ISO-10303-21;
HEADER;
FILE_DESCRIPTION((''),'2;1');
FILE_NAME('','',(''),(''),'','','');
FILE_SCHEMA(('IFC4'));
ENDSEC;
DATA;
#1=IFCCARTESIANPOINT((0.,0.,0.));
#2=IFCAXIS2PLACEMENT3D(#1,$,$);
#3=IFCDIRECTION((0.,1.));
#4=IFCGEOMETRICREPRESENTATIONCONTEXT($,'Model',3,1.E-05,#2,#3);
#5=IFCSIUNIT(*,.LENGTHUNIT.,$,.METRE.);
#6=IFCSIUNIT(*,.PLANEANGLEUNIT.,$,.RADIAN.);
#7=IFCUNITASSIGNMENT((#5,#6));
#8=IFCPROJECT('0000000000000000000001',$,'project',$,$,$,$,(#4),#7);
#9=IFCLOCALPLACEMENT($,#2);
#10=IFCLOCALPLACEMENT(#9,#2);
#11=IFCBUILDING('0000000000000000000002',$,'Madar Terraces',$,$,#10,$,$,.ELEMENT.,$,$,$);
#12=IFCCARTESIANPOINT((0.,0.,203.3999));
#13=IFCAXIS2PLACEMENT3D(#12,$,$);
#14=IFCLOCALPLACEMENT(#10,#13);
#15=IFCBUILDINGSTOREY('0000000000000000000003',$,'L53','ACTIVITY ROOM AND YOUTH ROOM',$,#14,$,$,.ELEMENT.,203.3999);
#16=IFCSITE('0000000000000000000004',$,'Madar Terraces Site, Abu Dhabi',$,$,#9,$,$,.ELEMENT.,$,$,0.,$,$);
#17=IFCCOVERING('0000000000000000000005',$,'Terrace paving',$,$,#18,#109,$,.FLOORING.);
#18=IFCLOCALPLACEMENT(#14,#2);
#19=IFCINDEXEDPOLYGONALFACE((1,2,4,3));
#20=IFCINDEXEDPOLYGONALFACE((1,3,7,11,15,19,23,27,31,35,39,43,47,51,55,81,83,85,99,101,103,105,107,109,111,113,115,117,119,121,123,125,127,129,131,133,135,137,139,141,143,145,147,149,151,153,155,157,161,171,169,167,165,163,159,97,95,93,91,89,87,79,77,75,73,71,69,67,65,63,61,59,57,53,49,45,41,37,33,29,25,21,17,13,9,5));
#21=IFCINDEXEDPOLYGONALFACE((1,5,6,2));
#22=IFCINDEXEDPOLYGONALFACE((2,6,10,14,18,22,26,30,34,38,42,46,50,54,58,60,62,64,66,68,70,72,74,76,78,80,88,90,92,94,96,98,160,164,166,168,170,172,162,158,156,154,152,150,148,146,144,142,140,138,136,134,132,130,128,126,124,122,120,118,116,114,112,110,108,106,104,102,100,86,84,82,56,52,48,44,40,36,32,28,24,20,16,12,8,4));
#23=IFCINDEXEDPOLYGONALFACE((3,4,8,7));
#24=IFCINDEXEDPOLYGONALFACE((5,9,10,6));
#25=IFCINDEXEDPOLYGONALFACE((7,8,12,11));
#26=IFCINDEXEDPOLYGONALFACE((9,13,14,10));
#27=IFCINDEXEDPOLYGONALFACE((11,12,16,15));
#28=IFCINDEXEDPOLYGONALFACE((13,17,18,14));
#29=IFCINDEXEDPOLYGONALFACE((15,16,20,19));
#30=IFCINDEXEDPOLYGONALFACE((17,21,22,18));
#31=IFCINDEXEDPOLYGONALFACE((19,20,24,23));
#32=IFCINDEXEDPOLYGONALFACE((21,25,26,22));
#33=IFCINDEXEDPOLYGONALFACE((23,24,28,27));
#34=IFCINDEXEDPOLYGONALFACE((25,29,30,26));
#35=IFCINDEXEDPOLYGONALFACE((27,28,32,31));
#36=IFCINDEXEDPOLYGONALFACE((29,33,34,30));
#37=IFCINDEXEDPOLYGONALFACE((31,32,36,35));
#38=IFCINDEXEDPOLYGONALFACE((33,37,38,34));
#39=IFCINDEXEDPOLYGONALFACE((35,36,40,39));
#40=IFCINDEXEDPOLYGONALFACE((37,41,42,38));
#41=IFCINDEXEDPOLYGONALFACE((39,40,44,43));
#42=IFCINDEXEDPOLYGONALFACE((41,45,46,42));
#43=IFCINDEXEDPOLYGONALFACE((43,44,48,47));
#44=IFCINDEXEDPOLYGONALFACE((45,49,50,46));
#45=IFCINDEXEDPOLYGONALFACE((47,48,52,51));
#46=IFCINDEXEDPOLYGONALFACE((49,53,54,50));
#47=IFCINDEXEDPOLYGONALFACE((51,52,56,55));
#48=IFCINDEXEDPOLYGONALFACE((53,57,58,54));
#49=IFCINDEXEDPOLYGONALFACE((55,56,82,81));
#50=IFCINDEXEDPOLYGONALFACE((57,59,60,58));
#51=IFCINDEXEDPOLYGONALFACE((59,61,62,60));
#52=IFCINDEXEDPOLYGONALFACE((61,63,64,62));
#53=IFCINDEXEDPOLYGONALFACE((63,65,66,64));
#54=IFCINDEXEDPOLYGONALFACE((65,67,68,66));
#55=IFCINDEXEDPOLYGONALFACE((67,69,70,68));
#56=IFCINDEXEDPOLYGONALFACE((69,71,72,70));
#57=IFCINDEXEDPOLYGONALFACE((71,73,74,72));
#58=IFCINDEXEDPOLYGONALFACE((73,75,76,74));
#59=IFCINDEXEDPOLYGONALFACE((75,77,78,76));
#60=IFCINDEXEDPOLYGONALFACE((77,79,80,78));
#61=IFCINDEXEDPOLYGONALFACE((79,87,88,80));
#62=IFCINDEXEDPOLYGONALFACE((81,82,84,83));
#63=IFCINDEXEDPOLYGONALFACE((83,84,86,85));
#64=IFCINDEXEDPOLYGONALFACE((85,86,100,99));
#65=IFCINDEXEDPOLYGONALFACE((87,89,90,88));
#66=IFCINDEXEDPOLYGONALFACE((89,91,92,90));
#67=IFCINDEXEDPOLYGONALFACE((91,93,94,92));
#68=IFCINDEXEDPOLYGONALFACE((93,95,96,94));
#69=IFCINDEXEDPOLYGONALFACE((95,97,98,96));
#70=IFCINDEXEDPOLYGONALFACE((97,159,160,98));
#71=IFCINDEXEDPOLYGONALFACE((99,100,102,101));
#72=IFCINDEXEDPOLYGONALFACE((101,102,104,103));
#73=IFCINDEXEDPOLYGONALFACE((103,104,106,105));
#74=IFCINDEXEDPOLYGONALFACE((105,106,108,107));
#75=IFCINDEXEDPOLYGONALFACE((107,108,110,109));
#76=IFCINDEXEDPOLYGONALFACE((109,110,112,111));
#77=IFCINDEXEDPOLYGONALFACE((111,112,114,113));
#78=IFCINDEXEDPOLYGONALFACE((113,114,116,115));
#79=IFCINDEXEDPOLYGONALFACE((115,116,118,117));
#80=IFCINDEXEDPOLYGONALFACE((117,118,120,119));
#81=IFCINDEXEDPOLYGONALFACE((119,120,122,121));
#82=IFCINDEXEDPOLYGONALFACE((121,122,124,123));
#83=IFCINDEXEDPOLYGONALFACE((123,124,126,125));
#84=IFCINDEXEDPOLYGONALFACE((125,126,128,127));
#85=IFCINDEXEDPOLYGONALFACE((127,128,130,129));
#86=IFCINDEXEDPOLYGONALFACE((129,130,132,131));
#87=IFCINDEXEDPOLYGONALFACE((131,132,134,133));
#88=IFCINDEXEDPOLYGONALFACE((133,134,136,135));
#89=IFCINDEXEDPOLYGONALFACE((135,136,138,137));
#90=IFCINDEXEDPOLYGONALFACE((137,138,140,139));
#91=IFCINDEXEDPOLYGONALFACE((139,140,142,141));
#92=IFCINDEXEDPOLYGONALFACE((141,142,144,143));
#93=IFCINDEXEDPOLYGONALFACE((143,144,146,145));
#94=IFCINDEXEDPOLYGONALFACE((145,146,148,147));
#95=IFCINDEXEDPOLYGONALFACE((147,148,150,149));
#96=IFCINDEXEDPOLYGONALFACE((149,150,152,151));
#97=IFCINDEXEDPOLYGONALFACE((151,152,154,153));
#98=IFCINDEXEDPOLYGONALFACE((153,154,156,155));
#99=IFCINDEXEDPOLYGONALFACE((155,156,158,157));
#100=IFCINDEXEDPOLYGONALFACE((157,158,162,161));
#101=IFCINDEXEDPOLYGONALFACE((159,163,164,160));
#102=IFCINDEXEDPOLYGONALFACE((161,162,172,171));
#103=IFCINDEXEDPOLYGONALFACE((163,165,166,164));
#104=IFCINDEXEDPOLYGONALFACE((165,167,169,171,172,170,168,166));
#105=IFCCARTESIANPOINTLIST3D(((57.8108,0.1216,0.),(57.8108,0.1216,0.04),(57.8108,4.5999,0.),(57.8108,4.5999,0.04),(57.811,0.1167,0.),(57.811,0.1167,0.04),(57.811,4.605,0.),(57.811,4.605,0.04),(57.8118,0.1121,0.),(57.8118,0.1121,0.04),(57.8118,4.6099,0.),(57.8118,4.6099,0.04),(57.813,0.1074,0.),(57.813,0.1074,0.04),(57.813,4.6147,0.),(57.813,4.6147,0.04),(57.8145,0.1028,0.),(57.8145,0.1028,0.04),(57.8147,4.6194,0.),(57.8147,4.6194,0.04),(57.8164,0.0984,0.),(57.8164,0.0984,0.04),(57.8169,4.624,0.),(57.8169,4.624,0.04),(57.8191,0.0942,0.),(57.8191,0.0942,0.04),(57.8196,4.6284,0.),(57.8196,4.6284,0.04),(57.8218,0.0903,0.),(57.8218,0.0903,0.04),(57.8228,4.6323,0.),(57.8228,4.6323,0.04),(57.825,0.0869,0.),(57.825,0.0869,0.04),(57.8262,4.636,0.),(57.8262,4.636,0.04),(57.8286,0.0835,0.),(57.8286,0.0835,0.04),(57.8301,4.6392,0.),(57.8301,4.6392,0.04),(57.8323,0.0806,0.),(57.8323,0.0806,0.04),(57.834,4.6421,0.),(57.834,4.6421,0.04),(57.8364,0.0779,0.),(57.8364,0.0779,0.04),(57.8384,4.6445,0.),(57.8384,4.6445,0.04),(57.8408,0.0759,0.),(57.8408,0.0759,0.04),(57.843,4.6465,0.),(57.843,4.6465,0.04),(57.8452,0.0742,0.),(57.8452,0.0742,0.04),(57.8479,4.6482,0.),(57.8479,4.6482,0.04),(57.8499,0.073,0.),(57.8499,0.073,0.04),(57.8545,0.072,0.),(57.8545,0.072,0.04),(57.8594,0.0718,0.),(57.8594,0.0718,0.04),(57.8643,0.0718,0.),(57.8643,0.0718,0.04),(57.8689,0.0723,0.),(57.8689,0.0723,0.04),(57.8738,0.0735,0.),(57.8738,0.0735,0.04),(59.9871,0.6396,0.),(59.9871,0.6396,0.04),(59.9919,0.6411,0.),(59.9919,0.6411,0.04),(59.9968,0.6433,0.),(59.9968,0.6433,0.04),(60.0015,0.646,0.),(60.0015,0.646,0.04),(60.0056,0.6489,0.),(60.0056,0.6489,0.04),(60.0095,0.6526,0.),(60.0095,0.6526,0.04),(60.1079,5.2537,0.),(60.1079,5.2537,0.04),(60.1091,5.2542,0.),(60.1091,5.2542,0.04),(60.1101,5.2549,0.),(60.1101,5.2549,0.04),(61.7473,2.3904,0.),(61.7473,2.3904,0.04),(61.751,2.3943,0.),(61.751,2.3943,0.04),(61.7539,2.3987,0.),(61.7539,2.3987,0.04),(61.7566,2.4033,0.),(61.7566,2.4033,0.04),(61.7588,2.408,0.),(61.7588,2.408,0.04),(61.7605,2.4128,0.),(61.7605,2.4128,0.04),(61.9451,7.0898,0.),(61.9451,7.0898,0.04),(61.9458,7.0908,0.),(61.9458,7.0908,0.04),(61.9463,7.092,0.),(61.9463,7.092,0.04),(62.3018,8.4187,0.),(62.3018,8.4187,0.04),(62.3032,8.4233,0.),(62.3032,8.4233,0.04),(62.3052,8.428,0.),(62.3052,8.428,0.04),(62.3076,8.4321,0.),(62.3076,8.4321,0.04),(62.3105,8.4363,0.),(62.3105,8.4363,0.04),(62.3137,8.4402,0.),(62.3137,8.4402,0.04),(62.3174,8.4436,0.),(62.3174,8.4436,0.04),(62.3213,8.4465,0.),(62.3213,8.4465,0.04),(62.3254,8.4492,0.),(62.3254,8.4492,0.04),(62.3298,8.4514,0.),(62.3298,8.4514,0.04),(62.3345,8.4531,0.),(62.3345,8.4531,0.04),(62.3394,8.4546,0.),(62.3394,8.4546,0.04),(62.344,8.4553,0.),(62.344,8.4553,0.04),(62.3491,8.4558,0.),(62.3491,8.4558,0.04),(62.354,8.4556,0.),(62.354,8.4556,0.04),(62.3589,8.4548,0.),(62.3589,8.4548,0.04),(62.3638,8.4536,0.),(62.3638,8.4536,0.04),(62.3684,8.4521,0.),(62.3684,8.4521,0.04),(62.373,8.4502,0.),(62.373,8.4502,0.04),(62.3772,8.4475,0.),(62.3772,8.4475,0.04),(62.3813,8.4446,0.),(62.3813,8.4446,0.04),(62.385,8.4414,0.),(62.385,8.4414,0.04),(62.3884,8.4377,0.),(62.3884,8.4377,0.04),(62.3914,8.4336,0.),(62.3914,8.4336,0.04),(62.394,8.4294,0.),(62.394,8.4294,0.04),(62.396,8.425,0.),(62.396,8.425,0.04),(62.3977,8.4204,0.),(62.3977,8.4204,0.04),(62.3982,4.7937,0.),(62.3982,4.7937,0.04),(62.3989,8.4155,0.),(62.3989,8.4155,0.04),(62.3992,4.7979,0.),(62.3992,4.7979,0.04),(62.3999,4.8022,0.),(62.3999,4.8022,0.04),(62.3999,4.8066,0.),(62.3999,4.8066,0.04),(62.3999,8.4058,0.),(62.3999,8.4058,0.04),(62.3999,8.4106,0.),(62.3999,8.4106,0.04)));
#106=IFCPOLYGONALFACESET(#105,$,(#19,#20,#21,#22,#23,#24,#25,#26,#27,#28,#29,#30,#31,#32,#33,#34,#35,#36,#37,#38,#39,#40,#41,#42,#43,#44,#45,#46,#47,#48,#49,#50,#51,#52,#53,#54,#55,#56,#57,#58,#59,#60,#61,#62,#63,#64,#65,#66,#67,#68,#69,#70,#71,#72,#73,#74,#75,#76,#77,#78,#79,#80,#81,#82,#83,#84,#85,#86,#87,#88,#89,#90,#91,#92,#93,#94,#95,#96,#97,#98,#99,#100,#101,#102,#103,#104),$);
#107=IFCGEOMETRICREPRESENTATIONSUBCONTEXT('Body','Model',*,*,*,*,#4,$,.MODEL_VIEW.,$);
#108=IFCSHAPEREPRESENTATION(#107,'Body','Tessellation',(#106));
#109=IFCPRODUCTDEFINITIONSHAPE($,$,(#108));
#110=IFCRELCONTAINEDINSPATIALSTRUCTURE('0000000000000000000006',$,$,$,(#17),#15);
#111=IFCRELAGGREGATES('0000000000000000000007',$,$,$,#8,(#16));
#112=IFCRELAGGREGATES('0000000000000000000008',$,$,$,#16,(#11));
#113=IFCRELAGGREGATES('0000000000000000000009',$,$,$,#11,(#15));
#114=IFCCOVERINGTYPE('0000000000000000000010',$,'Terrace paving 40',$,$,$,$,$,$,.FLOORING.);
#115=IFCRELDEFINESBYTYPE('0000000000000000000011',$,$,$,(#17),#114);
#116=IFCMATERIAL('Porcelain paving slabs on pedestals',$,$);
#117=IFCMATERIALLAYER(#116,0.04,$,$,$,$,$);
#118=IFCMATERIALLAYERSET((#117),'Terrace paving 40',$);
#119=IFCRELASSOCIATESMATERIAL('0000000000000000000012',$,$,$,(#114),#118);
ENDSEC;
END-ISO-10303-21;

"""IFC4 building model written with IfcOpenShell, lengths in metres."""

from ifc_helpers import new_model, si_unit, direction, frame, origin, place, context, subcontext, project, spatial, polyline, outline, extrude, material, layer, layer_set, type_object, element, save


model = new_model("IFC4")

# Units and contexts
model_context = context("Model", 3, precision=1e-05, world=origin(), true_north=direction((0.0, 1.0)))
body_context = subcontext(model_context, "Body", "Model", "MODEL_VIEW")
ifc_project = project(units=[si_unit("LENGTHUNIT", "METRE"), si_unit("PLANEANGLEUNIT", "RADIAN")], contexts=[model_context])

# Site, building, storey
site_placement = place(None, origin())
site = spatial("IfcSite", under=ifc_project, at=site_placement, Name="Madar Terraces Site, Abu Dhabi", CompositionType="ELEMENT", RefElevation=0.0)
building_placement = place(site_placement, origin())
building = spatial("IfcBuilding", under=site, at=building_placement, Name="Madar Terraces", CompositionType="ELEMENT")
storey_placement = place(building_placement, frame((0.0, 0.0, 203.3999)))
storey = spatial("IfcBuildingStorey", under=building, at=storey_placement, Name="L53", Description="ACTIVITY ROOM AND YOUTH ROOM", CompositionType="ELEMENT", Elevation=203.3999)

# Covering
ifc_material_1 = material(Name="Porcelain paving slabs on pedestals")
ifc_layer_1 = layer(ifc_material_1, 0.04)
ifc_layer_set_1 = layer_set([ifc_layer_1], Name="Terrace paving 40")
covering_type = type_object("IfcCoveringType", Name="Terrace paving 40", PredefinedType="FLOORING", material=ifc_layer_set_1)
covering_1_placement = place(storey_placement, origin())
element("IfcCovering", 1, at=covering_1_placement, inside=storey, type_object=covering_type, Name="Terrace paving", PredefinedType="FLOORING", context=body_context, shape_type="SweptSolid", body=[
    extrude(outline(polyline([(61.9458, 7.0908), (61.9463, 7.092), (62.3018, 8.4187), (62.3032, 8.4233), (62.3052, 8.428), (62.3076, 8.4321), (62.3105, 8.4363), (62.3137, 8.4402), (62.3174, 8.4436), (62.3213, 8.4465), (62.3254, 8.4492), (62.3298, 8.4514), (62.3345, 8.4531), (62.3394, 8.4546), (62.344, 8.4553), (62.3491, 8.4558), (62.354, 8.4556), (62.3589, 8.4548), (62.3638, 8.4536), (62.3684, 8.4521), (62.373, 8.4502), (62.3772, 8.4475), (62.3813, 8.4446), (62.385, 8.4414), (62.3884, 8.4377), (62.3914, 8.4336), (62.394, 8.4294), (62.396, 8.425), (62.3977, 8.4204), (62.3989, 8.4155), (62.3999, 8.4106), (62.3999, 8.4058), (62.3999, 4.8066), (62.3999, 4.8022), (62.3992, 4.7979), (62.3982, 4.7937), (61.7605, 2.4128), (61.7588, 2.408), (61.7566, 2.4033), (61.7539, 2.3987), (61.751, 2.3943), (61.7473, 2.3904), (60.0095, 0.6526), (60.0056, 0.6489), (60.0015, 0.646), (59.9968, 0.6433), (59.9919, 0.6411), (59.9871, 0.6396), (57.8738, 0.0735), (57.8689, 0.0723), (57.8643, 0.0718), (57.8594, 0.0718), (57.8545, 0.072), (57.8499, 0.073), (57.8452, 0.0742), (57.8408, 0.0759), (57.8364, 0.0779), (57.8323, 0.0806), (57.8286, 0.0835), (57.825, 0.0869), (57.8218, 0.0903), (57.8191, 0.0942), (57.8164, 0.0984), (57.8145, 0.1028), (57.813, 0.1074), (57.8118, 0.1121), (57.811, 0.1167), (57.8108, 0.1216), (57.8108, 4.5999), (57.811, 4.605), (57.8118, 4.6099), (57.813, 4.6147), (57.8147, 4.6194), (57.8169, 4.624), (57.8196, 4.6284), (57.8228, 4.6323), (57.8262, 4.636), (57.8301, 4.6392), (57.834, 4.6421), (57.8384, 4.6445), (57.843, 4.6465), (57.8479, 4.6482), (60.1079, 5.2537), (60.1091, 5.2542), (60.1101, 5.2549), (61.9451, 7.0898), (61.9458, 7.0908)])), origin(), (0.0, 0.0, 1.0), 0.04),
])

save(model, "model.ifc")
